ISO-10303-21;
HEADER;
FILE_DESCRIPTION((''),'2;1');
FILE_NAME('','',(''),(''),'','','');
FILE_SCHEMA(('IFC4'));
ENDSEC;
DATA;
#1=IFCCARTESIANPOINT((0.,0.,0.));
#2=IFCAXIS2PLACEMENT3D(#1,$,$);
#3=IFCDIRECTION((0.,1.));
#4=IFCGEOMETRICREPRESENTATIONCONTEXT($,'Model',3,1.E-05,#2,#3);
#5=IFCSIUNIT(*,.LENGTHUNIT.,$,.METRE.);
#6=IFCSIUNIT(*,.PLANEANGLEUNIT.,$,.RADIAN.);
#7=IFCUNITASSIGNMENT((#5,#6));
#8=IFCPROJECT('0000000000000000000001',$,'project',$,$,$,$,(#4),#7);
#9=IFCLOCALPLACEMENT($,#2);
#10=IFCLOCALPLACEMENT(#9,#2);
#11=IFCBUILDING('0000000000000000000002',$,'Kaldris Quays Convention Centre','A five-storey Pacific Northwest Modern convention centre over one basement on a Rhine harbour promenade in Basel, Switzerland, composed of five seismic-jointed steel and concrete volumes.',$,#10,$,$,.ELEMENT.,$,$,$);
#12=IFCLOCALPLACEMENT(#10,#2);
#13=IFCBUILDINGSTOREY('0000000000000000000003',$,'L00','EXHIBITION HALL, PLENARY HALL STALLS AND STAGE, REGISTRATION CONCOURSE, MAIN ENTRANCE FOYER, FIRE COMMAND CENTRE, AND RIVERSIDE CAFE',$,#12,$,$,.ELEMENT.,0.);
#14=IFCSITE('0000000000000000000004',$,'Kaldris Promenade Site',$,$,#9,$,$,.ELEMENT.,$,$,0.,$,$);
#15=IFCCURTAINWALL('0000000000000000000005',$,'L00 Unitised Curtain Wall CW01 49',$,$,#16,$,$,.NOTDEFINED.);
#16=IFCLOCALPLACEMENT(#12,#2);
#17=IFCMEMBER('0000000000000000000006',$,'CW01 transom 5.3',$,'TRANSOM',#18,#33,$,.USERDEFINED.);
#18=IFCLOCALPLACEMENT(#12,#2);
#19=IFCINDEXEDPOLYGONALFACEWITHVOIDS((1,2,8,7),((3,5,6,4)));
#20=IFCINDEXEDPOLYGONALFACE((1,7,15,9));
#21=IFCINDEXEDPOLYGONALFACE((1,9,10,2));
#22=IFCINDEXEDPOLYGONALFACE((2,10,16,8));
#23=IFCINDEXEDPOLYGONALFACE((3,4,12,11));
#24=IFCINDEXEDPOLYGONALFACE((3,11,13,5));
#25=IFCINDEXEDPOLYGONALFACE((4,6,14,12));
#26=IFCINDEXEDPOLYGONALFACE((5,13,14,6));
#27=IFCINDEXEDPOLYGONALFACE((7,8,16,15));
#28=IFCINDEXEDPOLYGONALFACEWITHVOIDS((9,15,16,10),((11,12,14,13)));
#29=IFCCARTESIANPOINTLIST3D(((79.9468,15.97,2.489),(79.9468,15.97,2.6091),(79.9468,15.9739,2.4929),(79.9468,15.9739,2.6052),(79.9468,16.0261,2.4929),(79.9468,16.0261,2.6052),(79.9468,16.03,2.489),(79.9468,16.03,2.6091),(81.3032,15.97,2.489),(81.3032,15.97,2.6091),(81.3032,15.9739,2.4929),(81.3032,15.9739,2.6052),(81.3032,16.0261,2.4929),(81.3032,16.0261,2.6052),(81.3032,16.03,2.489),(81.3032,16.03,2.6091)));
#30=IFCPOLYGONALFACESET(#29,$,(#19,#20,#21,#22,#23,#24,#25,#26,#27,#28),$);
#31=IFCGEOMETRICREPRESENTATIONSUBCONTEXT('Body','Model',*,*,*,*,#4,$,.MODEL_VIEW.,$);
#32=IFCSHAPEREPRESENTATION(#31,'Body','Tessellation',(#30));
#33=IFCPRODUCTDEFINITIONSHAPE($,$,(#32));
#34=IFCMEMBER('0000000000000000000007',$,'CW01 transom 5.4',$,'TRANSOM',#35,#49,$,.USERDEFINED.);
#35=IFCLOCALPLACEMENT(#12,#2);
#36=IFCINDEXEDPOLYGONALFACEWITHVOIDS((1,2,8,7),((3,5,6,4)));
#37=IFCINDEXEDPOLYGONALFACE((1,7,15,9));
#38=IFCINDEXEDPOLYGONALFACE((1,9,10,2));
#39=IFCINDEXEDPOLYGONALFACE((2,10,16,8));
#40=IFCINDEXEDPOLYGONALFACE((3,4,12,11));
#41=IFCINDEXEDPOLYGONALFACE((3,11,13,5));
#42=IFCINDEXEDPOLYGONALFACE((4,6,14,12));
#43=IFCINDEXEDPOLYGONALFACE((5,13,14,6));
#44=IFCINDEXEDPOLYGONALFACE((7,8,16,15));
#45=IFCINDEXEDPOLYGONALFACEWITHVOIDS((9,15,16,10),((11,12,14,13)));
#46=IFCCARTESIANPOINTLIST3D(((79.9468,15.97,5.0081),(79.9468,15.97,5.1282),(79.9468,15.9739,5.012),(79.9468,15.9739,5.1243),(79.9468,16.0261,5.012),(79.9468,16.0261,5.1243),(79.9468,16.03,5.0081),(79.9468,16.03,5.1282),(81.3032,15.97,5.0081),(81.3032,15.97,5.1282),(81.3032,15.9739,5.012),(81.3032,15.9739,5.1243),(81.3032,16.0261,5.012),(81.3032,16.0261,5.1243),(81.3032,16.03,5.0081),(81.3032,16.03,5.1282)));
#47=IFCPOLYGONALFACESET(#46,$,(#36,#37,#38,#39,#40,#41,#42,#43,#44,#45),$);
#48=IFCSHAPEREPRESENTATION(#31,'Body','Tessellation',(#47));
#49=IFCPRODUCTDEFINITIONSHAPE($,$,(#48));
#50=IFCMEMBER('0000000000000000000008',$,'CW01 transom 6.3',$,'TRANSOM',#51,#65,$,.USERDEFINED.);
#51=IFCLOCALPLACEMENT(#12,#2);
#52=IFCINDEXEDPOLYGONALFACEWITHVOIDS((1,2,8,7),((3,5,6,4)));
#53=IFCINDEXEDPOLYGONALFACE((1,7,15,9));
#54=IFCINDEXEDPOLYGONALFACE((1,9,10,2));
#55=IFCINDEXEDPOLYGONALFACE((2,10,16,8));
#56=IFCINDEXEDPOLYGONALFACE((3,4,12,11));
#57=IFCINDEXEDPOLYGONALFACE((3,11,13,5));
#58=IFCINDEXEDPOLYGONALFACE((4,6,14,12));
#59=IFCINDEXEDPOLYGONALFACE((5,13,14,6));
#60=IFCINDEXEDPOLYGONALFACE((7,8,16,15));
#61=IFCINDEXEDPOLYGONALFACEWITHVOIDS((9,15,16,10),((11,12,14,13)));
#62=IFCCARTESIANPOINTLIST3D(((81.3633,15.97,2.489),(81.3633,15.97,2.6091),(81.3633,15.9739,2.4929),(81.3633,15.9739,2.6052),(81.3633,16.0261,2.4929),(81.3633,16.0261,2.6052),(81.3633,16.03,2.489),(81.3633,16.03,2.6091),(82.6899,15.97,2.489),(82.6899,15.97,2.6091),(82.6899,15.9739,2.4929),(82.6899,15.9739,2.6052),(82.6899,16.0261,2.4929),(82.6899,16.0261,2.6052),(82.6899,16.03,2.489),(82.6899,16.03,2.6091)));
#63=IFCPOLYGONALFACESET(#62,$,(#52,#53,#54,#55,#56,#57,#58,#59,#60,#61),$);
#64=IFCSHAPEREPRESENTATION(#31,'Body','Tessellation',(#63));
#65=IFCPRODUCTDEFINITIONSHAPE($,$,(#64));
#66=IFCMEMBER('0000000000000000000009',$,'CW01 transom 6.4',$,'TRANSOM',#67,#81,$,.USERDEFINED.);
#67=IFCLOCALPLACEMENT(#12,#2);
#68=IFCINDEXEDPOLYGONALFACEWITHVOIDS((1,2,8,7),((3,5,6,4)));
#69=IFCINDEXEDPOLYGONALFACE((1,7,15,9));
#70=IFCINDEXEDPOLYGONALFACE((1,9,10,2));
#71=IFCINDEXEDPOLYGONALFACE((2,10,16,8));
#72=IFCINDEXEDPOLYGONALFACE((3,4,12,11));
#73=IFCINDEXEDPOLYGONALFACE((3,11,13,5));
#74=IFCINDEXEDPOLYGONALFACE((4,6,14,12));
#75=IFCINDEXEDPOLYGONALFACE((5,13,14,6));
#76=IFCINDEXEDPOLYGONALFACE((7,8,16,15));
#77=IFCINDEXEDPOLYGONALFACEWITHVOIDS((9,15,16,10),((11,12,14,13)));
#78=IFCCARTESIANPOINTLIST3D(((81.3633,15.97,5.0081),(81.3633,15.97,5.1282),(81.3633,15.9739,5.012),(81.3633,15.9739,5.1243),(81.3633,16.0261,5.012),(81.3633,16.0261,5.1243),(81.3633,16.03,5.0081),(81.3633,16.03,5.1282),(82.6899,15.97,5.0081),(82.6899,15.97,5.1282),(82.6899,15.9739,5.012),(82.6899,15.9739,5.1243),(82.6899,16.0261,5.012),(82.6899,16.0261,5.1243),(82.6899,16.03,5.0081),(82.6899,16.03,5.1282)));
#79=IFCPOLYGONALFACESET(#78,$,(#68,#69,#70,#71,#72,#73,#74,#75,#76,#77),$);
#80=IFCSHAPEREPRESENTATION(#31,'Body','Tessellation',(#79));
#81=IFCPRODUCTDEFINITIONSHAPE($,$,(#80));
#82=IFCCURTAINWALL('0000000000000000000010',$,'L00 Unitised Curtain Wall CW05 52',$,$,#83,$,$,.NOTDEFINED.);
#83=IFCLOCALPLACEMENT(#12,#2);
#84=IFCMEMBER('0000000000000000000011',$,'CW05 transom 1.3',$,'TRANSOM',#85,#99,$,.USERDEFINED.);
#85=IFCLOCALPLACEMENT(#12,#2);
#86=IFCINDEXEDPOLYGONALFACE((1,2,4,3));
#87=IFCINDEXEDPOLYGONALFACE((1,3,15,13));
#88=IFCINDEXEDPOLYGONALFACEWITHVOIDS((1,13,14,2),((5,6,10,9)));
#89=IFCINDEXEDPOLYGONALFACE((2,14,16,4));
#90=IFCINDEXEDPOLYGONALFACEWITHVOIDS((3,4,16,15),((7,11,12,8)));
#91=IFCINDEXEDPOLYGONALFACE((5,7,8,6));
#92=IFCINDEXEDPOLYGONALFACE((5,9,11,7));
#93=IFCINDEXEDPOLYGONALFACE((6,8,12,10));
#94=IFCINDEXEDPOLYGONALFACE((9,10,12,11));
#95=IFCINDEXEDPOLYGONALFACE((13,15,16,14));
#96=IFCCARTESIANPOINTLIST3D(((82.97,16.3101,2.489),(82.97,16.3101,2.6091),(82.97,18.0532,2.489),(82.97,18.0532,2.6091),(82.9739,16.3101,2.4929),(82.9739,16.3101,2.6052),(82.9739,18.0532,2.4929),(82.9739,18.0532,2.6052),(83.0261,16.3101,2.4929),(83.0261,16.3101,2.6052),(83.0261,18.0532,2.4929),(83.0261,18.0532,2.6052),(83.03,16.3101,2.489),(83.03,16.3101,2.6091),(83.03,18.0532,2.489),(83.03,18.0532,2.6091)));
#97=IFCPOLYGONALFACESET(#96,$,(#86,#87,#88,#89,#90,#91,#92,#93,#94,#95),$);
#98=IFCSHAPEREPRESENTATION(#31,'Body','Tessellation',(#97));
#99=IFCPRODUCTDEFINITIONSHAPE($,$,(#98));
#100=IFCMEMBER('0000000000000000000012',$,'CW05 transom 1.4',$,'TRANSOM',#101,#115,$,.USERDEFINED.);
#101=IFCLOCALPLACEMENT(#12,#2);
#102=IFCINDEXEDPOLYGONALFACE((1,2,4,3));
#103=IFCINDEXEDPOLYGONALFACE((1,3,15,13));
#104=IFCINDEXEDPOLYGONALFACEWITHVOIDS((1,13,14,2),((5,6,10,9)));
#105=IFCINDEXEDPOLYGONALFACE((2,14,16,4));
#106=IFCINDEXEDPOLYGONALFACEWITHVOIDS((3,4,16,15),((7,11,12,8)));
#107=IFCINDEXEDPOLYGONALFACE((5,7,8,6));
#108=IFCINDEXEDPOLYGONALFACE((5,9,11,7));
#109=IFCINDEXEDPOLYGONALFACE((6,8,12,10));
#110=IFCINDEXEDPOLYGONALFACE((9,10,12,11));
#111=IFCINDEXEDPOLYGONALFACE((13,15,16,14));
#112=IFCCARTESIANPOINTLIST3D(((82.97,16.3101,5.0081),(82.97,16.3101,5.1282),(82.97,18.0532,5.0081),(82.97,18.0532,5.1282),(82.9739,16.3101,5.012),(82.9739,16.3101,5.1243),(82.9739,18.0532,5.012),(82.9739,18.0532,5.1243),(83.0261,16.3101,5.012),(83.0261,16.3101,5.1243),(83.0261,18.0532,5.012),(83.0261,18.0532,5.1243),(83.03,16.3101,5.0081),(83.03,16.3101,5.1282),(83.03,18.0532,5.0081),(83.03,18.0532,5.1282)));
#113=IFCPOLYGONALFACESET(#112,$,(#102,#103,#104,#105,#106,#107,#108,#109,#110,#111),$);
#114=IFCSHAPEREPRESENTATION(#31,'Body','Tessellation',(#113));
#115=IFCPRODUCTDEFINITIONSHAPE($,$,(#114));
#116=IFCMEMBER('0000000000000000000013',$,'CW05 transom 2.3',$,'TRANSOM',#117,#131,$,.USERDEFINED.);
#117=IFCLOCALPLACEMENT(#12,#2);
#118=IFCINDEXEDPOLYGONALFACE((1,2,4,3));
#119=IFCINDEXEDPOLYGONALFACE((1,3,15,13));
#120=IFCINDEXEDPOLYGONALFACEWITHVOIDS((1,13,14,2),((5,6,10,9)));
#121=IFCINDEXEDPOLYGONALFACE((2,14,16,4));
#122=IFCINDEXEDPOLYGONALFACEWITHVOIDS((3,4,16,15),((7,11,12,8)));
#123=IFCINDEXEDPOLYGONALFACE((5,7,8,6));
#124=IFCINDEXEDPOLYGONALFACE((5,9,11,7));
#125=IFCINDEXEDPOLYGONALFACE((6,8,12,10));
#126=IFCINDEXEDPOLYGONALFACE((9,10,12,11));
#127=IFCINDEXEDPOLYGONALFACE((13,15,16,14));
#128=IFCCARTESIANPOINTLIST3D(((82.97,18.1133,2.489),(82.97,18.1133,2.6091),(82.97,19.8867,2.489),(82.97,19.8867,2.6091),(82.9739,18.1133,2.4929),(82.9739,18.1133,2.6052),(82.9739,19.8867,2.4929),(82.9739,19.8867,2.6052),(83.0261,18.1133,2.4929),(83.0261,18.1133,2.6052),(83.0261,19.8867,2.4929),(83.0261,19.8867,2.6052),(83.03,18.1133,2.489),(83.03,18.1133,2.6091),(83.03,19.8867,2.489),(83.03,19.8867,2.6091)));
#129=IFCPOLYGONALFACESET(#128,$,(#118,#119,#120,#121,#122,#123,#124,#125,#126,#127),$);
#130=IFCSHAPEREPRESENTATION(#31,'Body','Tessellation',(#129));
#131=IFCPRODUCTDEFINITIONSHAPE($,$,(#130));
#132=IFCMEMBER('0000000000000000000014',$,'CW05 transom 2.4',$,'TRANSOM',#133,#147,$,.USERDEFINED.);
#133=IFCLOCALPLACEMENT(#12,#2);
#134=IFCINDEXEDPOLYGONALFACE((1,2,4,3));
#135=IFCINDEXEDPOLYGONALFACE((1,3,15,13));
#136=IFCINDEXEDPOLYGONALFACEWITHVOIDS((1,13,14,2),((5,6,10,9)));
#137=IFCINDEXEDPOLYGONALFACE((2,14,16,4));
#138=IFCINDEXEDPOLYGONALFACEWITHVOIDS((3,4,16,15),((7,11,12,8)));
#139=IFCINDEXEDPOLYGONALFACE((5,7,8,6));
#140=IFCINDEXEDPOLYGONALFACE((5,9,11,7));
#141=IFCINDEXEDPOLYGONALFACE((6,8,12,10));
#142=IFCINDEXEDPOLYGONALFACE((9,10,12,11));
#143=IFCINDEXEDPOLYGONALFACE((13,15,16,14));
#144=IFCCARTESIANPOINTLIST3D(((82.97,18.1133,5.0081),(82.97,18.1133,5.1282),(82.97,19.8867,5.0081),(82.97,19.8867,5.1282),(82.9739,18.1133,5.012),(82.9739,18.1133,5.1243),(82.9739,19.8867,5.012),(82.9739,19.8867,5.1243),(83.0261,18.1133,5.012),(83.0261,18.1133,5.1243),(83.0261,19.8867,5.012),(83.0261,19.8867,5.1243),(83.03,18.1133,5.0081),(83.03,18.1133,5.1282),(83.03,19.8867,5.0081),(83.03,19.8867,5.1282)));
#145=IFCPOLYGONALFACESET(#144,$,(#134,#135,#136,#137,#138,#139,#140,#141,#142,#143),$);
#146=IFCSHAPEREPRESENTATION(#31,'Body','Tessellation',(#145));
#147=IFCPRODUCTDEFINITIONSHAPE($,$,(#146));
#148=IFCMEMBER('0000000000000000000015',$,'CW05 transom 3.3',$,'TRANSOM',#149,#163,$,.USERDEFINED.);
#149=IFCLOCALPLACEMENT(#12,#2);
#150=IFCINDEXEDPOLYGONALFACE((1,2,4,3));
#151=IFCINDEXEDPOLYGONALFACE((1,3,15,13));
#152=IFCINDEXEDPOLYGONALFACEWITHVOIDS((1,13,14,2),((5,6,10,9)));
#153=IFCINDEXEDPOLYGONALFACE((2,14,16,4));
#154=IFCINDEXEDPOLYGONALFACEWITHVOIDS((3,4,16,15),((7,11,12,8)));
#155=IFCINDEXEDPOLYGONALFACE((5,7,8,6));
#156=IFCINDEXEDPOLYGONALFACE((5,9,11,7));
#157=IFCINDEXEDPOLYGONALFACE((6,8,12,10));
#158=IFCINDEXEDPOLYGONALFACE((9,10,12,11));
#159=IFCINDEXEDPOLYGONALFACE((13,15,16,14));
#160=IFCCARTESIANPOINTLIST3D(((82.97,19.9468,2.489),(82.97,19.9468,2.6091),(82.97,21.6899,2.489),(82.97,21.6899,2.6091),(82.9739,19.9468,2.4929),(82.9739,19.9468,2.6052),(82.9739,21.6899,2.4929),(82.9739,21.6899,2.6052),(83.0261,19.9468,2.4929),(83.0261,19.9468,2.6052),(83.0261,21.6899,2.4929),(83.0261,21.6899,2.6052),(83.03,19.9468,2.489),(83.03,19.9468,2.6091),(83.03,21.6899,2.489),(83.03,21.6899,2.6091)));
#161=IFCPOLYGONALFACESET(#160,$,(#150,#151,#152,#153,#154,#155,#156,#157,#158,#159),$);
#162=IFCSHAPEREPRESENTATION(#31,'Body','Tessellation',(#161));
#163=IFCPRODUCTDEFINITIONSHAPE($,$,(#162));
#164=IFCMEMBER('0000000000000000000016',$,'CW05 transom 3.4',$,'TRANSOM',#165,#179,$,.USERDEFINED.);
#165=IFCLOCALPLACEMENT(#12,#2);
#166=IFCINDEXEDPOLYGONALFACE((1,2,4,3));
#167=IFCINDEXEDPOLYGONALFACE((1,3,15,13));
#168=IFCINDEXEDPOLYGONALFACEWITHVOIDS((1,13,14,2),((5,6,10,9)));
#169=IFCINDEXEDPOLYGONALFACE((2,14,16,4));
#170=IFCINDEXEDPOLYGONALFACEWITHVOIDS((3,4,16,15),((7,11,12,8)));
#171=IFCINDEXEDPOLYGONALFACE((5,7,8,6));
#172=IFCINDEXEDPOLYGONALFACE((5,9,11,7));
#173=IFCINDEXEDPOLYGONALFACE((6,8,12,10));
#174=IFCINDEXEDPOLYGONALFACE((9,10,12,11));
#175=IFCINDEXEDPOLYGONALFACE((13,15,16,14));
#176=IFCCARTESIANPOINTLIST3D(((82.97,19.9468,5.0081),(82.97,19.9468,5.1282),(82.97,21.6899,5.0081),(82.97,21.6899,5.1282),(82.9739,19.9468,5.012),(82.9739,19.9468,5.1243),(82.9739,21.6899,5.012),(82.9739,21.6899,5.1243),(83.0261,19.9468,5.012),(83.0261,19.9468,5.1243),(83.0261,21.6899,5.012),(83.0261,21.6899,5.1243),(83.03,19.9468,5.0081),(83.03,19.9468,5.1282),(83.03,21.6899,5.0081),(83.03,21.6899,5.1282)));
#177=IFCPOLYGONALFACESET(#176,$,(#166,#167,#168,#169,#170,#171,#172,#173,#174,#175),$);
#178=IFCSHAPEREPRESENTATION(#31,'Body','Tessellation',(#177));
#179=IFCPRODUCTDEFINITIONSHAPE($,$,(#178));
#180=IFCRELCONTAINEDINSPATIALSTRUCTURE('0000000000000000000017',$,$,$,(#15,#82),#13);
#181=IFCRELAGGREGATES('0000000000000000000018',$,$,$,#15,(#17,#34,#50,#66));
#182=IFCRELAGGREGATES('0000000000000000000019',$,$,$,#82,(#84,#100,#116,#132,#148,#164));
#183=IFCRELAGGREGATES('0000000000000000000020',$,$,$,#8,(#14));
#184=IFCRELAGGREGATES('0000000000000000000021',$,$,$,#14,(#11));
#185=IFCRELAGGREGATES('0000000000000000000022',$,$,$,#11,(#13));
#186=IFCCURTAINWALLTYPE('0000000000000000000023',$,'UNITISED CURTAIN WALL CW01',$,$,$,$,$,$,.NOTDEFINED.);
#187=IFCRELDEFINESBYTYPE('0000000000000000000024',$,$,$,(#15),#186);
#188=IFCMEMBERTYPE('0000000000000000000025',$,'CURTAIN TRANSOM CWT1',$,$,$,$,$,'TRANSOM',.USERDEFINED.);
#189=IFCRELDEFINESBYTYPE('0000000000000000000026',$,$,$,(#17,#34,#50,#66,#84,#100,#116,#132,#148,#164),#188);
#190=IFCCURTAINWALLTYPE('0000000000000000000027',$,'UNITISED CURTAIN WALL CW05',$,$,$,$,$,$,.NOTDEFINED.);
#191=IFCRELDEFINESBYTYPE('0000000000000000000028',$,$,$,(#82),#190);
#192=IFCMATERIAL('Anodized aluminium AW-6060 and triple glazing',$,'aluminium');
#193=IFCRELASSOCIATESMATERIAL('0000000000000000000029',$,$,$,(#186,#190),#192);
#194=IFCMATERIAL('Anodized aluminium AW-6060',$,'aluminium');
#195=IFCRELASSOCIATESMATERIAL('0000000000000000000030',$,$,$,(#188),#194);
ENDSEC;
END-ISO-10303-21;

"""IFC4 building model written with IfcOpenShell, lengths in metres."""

from ifc_helpers import new_model, si_unit, direction, frame, origin, origin_2d, place, context, subcontext, project, spatial, hollow_rectangle, extrude, material, material_profile, profile_set, type_object, element, aggregate, save


model = new_model("IFC4")

# Units and contexts
model_context = context("Model", 3, precision=1e-05, world=origin(), true_north=direction((0.0, 1.0)))
body_context = subcontext(model_context, "Body", "Model", "MODEL_VIEW")
ifc_project = project(units=[si_unit("LENGTHUNIT", "METRE"), si_unit("PLANEANGLEUNIT", "RADIAN")], contexts=[model_context])

# Site, building, storey
site_placement = place(None, origin())
site = spatial("IfcSite", under=ifc_project, at=site_placement, Name="Kaldris Promenade Site", CompositionType="ELEMENT", RefElevation=0.0)
building_placement = place(site_placement, origin())
building = spatial("IfcBuilding", under=site, at=building_placement, Name="Kaldris Quays Convention Centre", Description="A five-storey Pacific Northwest Modern convention centre over one basement on a Rhine harbour promenade in Basel, Switzerland, composed of five seismic-jointed steel and concrete volumes.", CompositionType="ELEMENT")
storey_placement = place(building_placement, origin())
storey = spatial("IfcBuildingStorey", under=building, at=storey_placement, Name="L00", Description="EXHIBITION HALL, PLENARY HALL STALLS AND STAGE, REGISTRATION CONCOURSE, MAIN ENTRANCE FOYER, FIRE COMMAND CENTRE, AND RIVERSIDE CAFE", CompositionType="ELEMENT", Elevation=0.0)

# Curtain walls, members
ifc_material_1 = material(Name="Anodized aluminium AW-6060 and triple glazing", Category="aluminium")
curtain_wall_type_1 = type_object("IfcCurtainWallType", Name="UNITISED CURTAIN WALL CW01", PredefinedType="NOTDEFINED", material=ifc_material_1)
curtain_wall_1_placement = place(storey_placement, origin())
curtain_wall_1 = element("IfcCurtainWall", 1, at=curtain_wall_1_placement, inside=storey, type_object=curtain_wall_type_1, Name="L00 Unitised Curtain Wall CW01 49", PredefinedType="NOTDEFINED")
ifc_material_2 = material(Name="Anodized aluminium AW-6060", Category="aluminium")
ifc_material_profile_1 = material_profile(ifc_material_2, hollow_rectangle(XDim=0.0601, YDim=0.1201, WallThickness=0.0039, at=origin_2d()), Name="RHS 120x60x4")
ifc_profile_set_1 = profile_set([ifc_material_profile_1], Name="Anodized aluminium AW-6060")
member_type = type_object("IfcMemberType", Name="CURTAIN TRANSOM CWT1", ElementType="TRANSOM", PredefinedType="USERDEFINED", material=ifc_profile_set_1)
member_1_placement = place(storey_placement, frame((79.9468, 16.0, 2.5491), z_axis=(1.0, 0.0, 0.0), x_axis=(0.0, 1.0, 0.0)))
member_1 = element("IfcMember", 2, at=member_1_placement, type_object=member_type, Name="CW01 transom 5.3", ObjectType="TRANSOM", PredefinedType="USERDEFINED", context=body_context, shape_type="SweptSolid", body=[
    extrude(hollow_rectangle(XDim=0.0601, YDim=0.1201, WallThickness=0.0039, at=origin_2d()), origin(), (0.0, 0.0, 1.0), 1.3564),
])
member_2_placement = place(storey_placement, frame((79.9468, 16.0, 5.0681), z_axis=(1.0, 0.0, 0.0), x_axis=(0.0, 1.0, 0.0)))
member_2 = element("IfcMember", 3, at=member_2_placement, type_object=member_type, Name="CW01 transom 5.4", ObjectType="TRANSOM", PredefinedType="USERDEFINED", context=body_context, shape_type="SweptSolid", body=[
    extrude(hollow_rectangle(XDim=0.0601, YDim=0.1201, WallThickness=0.0039, at=origin_2d()), origin(), (0.0, 0.0, 1.0), 1.3564),
])
member_3_placement = place(storey_placement, frame((81.3633, 16.0, 2.5491), z_axis=(1.0, 0.0, 0.0), x_axis=(0.0, 1.0, 0.0)))
member_3 = element("IfcMember", 4, at=member_3_placement, type_object=member_type, Name="CW01 transom 6.3", ObjectType="TRANSOM", PredefinedType="USERDEFINED", context=body_context, shape_type="SweptSolid", body=[
    extrude(hollow_rectangle(XDim=0.0601, YDim=0.1201, WallThickness=0.0039, at=origin_2d()), origin(), (0.0, 0.0, 1.0), 1.3267),
])
member_4_placement = place(storey_placement, frame((81.3633, 16.0, 5.0681), z_axis=(1.0, 0.0, 0.0), x_axis=(0.0, 1.0, 0.0)))
member_4 = element("IfcMember", 5, at=member_4_placement, type_object=member_type, Name="CW01 transom 6.4", ObjectType="TRANSOM", PredefinedType="USERDEFINED", context=body_context, shape_type="SweptSolid", body=[
    extrude(hollow_rectangle(XDim=0.0601, YDim=0.1201, WallThickness=0.0039, at=origin_2d()), origin(), (0.0, 0.0, 1.0), 1.3267),
])
curtain_wall_type_2 = type_object("IfcCurtainWallType", Name="UNITISED CURTAIN WALL CW05", PredefinedType="NOTDEFINED", material=ifc_material_1)
curtain_wall_2_placement = place(storey_placement, origin())
curtain_wall_2 = element("IfcCurtainWall", 6, at=curtain_wall_2_placement, inside=storey, type_object=curtain_wall_type_2, Name="L00 Unitised Curtain Wall CW05 52", PredefinedType="NOTDEFINED")
member_5_placement = place(storey_placement, frame((83.0, 16.3101, 2.5491), z_axis=(0.0, 1.0, 0.0), x_axis=(-1.0, 0.0, 0.0)))
member_5 = element("IfcMember", 7, at=member_5_placement, type_object=member_type, Name="CW05 transom 1.3", ObjectType="TRANSOM", PredefinedType="USERDEFINED", context=body_context, shape_type="SweptSolid", body=[
    extrude(hollow_rectangle(XDim=0.0601, YDim=0.1201, WallThickness=0.0039, at=origin_2d()), origin(), (0.0, 0.0, 1.0), 1.7432),
])
member_6_placement = place(storey_placement, frame((83.0, 16.3101, 5.0681), z_axis=(0.0, 1.0, 0.0), x_axis=(-1.0, 0.0, 0.0)))
member_6 = element("IfcMember", 8, at=member_6_placement, type_object=member_type, Name="CW05 transom 1.4", ObjectType="TRANSOM", PredefinedType="USERDEFINED", context=body_context, shape_type="SweptSolid", body=[
    extrude(hollow_rectangle(XDim=0.0601, YDim=0.1201, WallThickness=0.0039, at=origin_2d()), origin(), (0.0, 0.0, 1.0), 1.7432),
])
member_7_placement = place(storey_placement, frame((83.0, 18.1133, 2.5491), z_axis=(0.0, 1.0, 0.0), x_axis=(-1.0, 0.0, 0.0)))
member_7 = element("IfcMember", 9, at=member_7_placement, type_object=member_type, Name="CW05 transom 2.3", ObjectType="TRANSOM", PredefinedType="USERDEFINED", context=body_context, shape_type="SweptSolid", body=[
    extrude(hollow_rectangle(XDim=0.0601, YDim=0.1201, WallThickness=0.0039, at=origin_2d()), origin(), (0.0, 0.0, 1.0), 1.7734),
])
member_8_placement = place(storey_placement, frame((83.0, 18.1133, 5.0681), z_axis=(0.0, 1.0, 0.0), x_axis=(-1.0, 0.0, 0.0)))
member_8 = element("IfcMember", 10, at=member_8_placement, type_object=member_type, Name="CW05 transom 2.4", ObjectType="TRANSOM", PredefinedType="USERDEFINED", context=body_context, shape_type="SweptSolid", body=[
    extrude(hollow_rectangle(XDim=0.0601, YDim=0.1201, WallThickness=0.0039, at=origin_2d()), origin(), (0.0, 0.0, 1.0), 1.7734),
])
member_9_placement = place(storey_placement, frame((83.0, 19.9468, 2.5491), z_axis=(0.0, 1.0, 0.0), x_axis=(-1.0, 0.0, 0.0)))
member_9 = element("IfcMember", 11, at=member_9_placement, type_object=member_type, Name="CW05 transom 3.3", ObjectType="TRANSOM", PredefinedType="USERDEFINED", context=body_context, shape_type="SweptSolid", body=[
    extrude(hollow_rectangle(XDim=0.0601, YDim=0.1201, WallThickness=0.0039, at=origin_2d()), origin(), (0.0, 0.0, 1.0), 1.7432),
])
member_10_placement = place(storey_placement, frame((83.0, 19.9468, 5.0681), z_axis=(0.0, 1.0, 0.0), x_axis=(-1.0, 0.0, 0.0)))
member_10 = element("IfcMember", 12, at=member_10_placement, type_object=member_type, Name="CW05 transom 3.4", ObjectType="TRANSOM", PredefinedType="USERDEFINED", context=body_context, shape_type="SweptSolid", body=[
    extrude(hollow_rectangle(XDim=0.0601, YDim=0.1201, WallThickness=0.0039, at=origin_2d()), origin(), (0.0, 0.0, 1.0), 1.7432),
])

aggregate(curtain_wall_1, [member_1, member_2, member_3, member_4])
aggregate(curtain_wall_2, [member_5, member_6, member_7, member_8, member_9, member_10])

save(model, "model.ifc")
